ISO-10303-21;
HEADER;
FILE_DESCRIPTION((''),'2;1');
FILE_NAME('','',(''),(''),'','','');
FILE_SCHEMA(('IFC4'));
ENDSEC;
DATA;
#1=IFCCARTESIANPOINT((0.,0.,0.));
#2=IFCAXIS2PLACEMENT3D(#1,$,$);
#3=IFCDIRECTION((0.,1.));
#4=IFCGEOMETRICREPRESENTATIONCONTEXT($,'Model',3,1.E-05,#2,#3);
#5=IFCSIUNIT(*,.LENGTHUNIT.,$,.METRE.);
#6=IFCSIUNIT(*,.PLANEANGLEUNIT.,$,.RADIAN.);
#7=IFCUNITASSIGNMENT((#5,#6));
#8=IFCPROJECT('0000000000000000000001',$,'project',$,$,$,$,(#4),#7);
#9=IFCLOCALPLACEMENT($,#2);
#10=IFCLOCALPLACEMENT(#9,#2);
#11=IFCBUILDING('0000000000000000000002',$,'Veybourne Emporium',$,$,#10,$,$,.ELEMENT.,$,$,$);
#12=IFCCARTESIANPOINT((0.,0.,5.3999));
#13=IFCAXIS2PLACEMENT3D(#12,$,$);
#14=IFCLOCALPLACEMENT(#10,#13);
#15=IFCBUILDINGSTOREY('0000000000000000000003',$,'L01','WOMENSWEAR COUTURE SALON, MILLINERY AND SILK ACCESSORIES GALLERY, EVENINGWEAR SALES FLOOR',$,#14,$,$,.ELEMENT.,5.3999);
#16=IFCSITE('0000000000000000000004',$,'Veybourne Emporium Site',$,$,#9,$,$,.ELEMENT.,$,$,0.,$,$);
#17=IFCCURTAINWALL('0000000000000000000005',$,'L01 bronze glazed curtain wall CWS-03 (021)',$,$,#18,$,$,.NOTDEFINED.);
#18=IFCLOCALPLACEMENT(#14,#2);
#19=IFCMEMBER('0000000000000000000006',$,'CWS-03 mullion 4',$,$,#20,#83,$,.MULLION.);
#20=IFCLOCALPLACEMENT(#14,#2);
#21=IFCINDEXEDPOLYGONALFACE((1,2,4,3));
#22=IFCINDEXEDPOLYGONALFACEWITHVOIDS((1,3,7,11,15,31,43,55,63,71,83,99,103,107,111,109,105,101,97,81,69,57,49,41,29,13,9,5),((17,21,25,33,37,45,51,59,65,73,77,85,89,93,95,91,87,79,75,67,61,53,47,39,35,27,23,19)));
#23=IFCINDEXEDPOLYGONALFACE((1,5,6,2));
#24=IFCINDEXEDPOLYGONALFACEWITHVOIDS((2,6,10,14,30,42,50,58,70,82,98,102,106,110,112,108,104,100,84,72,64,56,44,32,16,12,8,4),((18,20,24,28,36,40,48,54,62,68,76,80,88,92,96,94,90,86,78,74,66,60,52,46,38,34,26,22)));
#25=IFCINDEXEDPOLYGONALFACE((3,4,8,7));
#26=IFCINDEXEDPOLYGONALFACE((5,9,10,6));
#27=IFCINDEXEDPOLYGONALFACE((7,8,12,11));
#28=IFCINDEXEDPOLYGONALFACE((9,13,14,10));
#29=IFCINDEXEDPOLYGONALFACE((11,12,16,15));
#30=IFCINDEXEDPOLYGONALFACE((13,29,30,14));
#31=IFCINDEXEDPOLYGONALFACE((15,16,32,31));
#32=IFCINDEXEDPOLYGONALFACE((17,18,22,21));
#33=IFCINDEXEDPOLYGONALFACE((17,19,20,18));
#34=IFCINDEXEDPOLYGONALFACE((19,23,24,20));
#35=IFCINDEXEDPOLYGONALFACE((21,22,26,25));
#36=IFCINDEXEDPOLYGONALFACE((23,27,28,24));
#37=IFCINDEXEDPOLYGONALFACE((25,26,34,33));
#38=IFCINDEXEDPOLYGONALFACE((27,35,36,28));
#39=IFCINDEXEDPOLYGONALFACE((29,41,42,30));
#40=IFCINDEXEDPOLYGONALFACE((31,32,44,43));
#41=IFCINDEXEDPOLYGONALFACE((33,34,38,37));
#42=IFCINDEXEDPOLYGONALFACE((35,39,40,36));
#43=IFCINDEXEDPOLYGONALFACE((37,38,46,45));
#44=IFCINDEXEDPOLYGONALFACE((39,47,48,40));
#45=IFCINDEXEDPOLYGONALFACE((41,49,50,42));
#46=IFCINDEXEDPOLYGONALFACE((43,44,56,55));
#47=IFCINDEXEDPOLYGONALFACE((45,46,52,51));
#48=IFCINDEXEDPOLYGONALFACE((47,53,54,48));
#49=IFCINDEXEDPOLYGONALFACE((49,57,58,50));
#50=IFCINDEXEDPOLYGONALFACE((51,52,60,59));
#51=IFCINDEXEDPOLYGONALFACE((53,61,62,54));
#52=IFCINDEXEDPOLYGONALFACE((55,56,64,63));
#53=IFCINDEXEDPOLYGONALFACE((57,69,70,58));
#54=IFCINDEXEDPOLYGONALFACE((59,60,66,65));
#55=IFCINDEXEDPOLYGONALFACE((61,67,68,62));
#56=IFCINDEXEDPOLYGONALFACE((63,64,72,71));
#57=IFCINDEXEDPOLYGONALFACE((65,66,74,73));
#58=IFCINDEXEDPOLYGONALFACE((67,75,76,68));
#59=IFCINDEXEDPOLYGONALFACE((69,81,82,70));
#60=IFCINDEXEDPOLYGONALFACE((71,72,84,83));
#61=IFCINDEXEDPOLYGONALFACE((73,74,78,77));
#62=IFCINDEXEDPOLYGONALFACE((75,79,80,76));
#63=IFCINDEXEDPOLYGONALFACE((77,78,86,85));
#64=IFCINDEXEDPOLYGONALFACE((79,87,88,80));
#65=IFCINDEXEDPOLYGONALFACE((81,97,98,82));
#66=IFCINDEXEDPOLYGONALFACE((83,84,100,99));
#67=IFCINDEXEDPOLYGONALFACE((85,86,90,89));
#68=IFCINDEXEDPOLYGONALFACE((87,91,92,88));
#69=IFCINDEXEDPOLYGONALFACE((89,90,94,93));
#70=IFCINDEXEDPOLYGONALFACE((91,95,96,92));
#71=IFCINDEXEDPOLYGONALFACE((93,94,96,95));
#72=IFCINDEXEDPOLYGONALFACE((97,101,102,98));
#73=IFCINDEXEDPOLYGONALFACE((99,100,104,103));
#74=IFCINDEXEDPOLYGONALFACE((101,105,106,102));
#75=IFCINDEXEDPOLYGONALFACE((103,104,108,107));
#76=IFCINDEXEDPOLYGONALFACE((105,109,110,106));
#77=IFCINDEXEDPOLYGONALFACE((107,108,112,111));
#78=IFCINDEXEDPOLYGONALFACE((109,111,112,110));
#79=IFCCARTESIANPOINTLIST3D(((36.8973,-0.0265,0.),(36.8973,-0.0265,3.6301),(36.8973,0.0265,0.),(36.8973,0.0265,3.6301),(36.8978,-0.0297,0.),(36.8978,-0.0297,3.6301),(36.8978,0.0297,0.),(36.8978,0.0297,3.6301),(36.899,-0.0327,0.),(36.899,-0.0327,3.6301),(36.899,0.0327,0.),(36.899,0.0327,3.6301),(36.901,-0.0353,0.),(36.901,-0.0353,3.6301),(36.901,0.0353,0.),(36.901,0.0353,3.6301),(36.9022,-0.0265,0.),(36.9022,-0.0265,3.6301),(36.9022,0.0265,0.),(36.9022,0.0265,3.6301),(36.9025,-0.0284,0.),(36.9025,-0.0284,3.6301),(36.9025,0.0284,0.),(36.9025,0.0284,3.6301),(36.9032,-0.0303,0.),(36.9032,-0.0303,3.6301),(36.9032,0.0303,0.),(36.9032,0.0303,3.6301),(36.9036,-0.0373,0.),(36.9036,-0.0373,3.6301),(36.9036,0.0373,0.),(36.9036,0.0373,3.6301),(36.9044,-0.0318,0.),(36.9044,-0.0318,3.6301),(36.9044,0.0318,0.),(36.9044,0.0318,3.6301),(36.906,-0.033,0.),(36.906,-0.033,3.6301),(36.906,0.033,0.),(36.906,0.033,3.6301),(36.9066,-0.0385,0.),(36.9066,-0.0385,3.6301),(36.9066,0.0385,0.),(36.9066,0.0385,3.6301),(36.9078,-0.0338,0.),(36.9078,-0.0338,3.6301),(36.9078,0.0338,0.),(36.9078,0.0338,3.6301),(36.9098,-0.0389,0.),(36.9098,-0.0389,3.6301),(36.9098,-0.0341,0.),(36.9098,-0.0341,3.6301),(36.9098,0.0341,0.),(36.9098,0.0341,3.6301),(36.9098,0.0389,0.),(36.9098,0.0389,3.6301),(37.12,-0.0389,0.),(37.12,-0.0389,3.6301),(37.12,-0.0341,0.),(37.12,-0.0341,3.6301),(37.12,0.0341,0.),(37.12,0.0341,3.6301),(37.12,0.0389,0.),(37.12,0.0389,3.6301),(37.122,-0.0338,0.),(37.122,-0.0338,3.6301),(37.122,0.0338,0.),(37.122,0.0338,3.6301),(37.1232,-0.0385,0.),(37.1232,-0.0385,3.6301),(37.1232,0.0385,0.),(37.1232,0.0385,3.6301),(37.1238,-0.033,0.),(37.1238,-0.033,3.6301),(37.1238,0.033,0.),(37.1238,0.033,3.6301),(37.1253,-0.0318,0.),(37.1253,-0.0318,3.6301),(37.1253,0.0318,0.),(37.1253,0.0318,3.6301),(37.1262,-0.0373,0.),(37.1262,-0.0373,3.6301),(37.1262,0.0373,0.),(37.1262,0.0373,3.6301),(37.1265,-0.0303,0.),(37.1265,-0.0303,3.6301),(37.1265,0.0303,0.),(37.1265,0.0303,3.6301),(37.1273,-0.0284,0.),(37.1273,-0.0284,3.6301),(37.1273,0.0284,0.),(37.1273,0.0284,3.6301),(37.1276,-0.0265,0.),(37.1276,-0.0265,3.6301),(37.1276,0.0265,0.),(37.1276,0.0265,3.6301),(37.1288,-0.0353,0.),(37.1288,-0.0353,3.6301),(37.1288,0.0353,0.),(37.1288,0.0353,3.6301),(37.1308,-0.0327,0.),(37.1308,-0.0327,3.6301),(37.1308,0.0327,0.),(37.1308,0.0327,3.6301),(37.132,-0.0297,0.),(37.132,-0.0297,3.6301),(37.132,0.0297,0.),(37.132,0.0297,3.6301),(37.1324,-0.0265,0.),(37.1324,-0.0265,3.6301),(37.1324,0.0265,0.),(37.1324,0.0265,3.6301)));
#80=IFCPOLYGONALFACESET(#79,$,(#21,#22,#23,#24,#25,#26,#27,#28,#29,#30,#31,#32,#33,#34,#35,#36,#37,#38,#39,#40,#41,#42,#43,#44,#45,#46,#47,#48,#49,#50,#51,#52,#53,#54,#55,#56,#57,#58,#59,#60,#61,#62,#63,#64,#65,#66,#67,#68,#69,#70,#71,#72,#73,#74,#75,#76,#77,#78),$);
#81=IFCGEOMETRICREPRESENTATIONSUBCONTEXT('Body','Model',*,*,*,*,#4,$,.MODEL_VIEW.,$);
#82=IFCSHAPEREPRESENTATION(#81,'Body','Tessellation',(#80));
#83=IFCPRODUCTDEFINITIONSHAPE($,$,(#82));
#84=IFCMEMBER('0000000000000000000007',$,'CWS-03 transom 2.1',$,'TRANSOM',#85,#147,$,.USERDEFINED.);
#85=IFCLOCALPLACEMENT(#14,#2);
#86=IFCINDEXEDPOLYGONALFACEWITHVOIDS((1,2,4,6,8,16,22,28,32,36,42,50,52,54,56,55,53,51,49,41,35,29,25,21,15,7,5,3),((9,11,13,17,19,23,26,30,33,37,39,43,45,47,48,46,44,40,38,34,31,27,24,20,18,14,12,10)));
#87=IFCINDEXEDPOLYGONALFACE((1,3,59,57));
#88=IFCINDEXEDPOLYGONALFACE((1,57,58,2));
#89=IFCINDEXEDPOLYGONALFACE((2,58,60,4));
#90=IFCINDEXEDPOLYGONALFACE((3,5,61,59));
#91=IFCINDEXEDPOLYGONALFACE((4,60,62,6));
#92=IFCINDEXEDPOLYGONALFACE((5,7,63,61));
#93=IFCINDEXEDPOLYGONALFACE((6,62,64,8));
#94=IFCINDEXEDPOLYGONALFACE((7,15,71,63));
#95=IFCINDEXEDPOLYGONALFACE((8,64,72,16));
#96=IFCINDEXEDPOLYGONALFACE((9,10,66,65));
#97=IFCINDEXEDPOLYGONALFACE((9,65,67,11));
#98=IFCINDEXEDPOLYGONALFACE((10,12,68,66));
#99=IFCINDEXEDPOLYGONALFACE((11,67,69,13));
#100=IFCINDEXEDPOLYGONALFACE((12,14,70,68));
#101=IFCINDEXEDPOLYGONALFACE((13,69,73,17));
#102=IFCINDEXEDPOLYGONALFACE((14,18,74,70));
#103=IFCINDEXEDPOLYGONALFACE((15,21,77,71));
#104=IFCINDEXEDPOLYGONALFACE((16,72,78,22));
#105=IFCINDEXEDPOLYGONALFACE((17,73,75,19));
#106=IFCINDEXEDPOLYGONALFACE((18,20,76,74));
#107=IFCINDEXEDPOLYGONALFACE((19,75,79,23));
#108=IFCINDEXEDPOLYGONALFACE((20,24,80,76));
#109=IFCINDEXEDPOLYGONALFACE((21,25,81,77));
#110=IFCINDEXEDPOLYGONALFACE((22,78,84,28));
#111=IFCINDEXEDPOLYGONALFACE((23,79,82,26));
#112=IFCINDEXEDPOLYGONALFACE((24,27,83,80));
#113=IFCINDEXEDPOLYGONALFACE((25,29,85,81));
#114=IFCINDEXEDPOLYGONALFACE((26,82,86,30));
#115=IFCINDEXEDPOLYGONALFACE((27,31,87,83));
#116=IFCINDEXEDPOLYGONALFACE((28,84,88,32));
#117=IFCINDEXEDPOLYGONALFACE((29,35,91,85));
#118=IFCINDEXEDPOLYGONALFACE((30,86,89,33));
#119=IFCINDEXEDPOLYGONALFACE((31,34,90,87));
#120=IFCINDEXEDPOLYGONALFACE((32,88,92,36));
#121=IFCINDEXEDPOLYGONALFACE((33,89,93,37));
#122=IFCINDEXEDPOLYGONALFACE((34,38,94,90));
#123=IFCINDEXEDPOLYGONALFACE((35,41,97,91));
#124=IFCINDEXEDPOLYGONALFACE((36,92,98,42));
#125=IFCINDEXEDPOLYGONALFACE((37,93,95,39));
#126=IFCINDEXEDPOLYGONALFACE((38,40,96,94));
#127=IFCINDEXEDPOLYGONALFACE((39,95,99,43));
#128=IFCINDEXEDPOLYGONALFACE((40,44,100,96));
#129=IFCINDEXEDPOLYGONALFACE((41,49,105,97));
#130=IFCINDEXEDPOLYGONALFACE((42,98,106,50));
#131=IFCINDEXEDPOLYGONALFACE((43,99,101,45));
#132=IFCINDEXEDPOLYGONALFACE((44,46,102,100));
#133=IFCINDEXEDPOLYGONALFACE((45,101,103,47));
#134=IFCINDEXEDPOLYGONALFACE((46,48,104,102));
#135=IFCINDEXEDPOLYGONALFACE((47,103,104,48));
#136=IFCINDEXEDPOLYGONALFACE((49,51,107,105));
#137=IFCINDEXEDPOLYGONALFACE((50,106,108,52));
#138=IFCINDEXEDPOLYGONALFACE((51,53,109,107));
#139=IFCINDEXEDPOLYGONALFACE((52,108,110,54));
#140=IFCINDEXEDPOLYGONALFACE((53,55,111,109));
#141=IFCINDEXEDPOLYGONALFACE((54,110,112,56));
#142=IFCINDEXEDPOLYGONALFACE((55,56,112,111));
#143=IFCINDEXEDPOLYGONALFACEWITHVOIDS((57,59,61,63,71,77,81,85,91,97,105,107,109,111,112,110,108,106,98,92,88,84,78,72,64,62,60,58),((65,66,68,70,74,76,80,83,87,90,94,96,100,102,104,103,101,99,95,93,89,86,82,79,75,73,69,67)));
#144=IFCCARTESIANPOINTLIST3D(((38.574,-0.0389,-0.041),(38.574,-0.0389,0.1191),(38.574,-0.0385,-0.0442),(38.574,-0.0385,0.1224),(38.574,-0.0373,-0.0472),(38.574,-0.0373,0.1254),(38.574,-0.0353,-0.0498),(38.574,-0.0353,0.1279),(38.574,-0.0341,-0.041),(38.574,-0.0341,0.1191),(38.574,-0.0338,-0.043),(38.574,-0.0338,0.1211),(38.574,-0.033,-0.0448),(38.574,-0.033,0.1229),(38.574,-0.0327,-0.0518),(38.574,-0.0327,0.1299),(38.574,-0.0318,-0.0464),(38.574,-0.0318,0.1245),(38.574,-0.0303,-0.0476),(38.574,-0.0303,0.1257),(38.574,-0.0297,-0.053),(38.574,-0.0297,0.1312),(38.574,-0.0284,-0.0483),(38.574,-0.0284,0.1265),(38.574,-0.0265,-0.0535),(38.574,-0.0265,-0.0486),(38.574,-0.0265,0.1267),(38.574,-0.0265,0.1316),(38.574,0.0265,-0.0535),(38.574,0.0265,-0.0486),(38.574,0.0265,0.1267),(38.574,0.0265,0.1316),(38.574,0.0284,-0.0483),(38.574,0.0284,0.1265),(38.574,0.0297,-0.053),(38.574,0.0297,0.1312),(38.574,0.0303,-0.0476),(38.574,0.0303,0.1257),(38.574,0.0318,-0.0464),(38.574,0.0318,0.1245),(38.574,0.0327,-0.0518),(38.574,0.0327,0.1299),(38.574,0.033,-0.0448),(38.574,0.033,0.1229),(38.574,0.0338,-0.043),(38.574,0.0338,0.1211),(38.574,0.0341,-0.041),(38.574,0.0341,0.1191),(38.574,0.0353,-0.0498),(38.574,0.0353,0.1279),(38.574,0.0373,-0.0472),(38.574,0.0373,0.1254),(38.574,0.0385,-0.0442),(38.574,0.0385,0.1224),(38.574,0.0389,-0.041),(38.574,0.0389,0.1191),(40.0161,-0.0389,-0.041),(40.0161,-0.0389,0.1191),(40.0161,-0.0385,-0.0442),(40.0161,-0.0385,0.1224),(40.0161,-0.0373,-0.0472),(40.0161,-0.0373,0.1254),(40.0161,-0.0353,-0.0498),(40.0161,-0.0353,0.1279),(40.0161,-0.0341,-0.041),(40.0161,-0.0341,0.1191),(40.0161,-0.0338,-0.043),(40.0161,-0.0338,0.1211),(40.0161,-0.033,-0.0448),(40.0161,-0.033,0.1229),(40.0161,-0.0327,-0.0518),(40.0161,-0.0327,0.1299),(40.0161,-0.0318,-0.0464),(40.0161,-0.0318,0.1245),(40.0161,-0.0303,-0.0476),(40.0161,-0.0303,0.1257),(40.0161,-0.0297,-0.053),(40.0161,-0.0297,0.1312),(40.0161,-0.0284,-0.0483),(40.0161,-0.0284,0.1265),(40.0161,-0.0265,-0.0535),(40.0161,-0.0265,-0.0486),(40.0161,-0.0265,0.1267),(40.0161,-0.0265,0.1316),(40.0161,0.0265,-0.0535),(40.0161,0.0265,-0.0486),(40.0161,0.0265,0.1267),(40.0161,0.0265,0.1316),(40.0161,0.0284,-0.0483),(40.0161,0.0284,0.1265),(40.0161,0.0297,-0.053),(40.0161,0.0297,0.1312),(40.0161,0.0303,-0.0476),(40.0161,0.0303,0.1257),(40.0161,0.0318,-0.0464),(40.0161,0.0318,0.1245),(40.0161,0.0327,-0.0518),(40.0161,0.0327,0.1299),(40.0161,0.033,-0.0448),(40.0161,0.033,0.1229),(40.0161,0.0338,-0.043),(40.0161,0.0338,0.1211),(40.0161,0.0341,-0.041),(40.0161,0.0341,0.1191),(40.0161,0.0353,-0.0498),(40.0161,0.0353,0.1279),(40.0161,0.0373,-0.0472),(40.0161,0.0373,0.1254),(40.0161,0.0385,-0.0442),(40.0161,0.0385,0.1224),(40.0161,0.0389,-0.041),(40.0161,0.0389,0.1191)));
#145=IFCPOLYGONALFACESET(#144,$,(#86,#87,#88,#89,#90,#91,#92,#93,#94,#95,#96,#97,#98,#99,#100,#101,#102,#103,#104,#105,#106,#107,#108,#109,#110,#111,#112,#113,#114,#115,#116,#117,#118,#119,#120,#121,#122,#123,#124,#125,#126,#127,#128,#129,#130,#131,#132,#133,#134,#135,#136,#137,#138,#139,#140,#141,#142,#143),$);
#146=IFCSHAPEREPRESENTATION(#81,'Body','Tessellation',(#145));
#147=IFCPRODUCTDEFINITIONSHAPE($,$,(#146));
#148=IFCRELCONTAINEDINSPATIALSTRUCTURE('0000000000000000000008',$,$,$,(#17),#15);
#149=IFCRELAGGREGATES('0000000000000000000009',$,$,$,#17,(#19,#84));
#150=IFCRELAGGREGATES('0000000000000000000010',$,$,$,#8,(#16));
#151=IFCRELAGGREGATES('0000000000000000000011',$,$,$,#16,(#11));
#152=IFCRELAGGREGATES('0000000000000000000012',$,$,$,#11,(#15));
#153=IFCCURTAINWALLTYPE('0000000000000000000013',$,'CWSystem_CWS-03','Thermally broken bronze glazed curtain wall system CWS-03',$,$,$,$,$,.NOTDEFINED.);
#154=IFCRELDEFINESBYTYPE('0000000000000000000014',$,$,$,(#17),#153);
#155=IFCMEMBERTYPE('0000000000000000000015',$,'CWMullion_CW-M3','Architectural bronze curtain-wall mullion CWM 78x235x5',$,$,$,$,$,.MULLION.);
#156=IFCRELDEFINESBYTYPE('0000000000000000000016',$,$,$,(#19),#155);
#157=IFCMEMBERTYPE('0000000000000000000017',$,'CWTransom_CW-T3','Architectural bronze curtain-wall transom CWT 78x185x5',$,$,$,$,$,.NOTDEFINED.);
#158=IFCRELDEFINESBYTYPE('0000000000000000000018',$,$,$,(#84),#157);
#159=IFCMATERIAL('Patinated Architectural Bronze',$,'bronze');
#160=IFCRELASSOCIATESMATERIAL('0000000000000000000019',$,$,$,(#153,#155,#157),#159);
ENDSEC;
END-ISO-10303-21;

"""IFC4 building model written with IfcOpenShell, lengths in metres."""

from ifc_helpers import new_model, si_unit, direction, frame, origin, origin_2d, place, context, subcontext, project, spatial, hollow_rectangle, extrude, material, material_profile, profile_set, type_object, element, aggregate, save


model = new_model("IFC4")

# Units and contexts
model_context = context("Model", 3, precision=1e-05, world=origin(), true_north=direction((0.0, 1.0)))
body_context = subcontext(model_context, "Body", "Model", "MODEL_VIEW")
ifc_project = project(units=[si_unit("LENGTHUNIT", "METRE"), si_unit("PLANEANGLEUNIT", "RADIAN")], contexts=[model_context])

# Site, building, storey
site_placement = place(None, origin())
site = spatial("IfcSite", under=ifc_project, at=site_placement, Name="Veybourne Emporium Site", CompositionType="ELEMENT", RefElevation=0.0)
building_placement = place(site_placement, origin())
building = spatial("IfcBuilding", under=site, at=building_placement, Name="Veybourne Emporium", CompositionType="ELEMENT")
storey_placement = place(building_placement, frame((0.0, 0.0, 5.3999)))
storey = spatial("IfcBuildingStorey", under=building, at=storey_placement, Name="L01", Description="WOMENSWEAR COUTURE SALON, MILLINERY AND SILK ACCESSORIES GALLERY, EVENINGWEAR SALES FLOOR", CompositionType="ELEMENT", Elevation=5.3999)

# Curtain wall, members
ifc_material_1 = material(Name="Patinated Architectural Bronze", Category="bronze")
curtain_wall_type = type_object("IfcCurtainWallType", Name="CWSystem_CWS-03", Description="Thermally broken bronze glazed curtain wall system CWS-03", PredefinedType="NOTDEFINED", material=ifc_material_1)
curtain_wall_placement = place(storey_placement, origin())
curtain_wall = element("IfcCurtainWall", 1, at=curtain_wall_placement, inside=storey, type_object=curtain_wall_type, Name="L01 bronze glazed curtain wall CWS-03 (021)", PredefinedType="NOTDEFINED")
ifc_material_profile_1 = material_profile(ifc_material_1, hollow_rectangle(XDim=0.0779, YDim=0.2351, WallThickness=0.0049, InnerFilletRadius=0.0076, OuterFilletRadius=0.0125, at=origin_2d()), Name="CWM 78x235x5")
ifc_profile_set_1 = profile_set([ifc_material_profile_1], Name="Patinated Architectural Bronze")
member_type_1 = type_object("IfcMemberType", Name="CWMullion_CW-M3", Description="Architectural bronze curtain-wall mullion CWM 78x235x5", PredefinedType="MULLION", material=ifc_profile_set_1)
member_1_placement = place(storey_placement, frame((37.0149, 0.0, 0.0), z_axis=(0.0, 0.0, 1.0), x_axis=(0.0, -1.0, 0.0)))
member_1 = element("IfcMember", 2, at=member_1_placement, type_object=member_type_1, Name="CWS-03 mullion 4", PredefinedType="MULLION", context=body_context, shape_type="SweptSolid", body=[
    extrude(hollow_rectangle(XDim=0.0779, YDim=0.2351, WallThickness=0.0049, InnerFilletRadius=0.0076, OuterFilletRadius=0.0125, at=origin_2d()), origin(), (0.0, 0.0, 1.0), 3.6301),
])
ifc_material_profile_2 = material_profile(ifc_material_1, hollow_rectangle(XDim=0.0779, YDim=0.1851, WallThickness=0.0049, InnerFilletRadius=0.0076, OuterFilletRadius=0.0125, at=origin_2d()), Name="CWT 78x185x5")
ifc_profile_set_2 = profile_set([ifc_material_profile_2], Name="Patinated Architectural Bronze")
member_type_2 = type_object("IfcMemberType", Name="CWTransom_CW-T3", Description="Architectural bronze curtain-wall transom CWT 78x185x5", PredefinedType="NOTDEFINED", material=ifc_profile_set_2)
member_2_placement = place(storey_placement, frame((40.0161, 0.0, 0.0391), z_axis=(-1.0, 0.0, 0.0), x_axis=(0.0, -1.0, 0.0)))
member_2 = element("IfcMember", 3, at=member_2_placement, type_object=member_type_2, Name="CWS-03 transom 2.1", ObjectType="TRANSOM", PredefinedType="USERDEFINED", context=body_context, shape_type="SweptSolid", body=[
    extrude(hollow_rectangle(XDim=0.0779, YDim=0.1851, WallThickness=0.0049, InnerFilletRadius=0.0076, OuterFilletRadius=0.0125, at=origin_2d()), origin(), (0.0, 0.0, 1.0), 1.4421),
])
aggregate(curtain_wall, [member_1, member_2])

save(model, "model.ifc")
